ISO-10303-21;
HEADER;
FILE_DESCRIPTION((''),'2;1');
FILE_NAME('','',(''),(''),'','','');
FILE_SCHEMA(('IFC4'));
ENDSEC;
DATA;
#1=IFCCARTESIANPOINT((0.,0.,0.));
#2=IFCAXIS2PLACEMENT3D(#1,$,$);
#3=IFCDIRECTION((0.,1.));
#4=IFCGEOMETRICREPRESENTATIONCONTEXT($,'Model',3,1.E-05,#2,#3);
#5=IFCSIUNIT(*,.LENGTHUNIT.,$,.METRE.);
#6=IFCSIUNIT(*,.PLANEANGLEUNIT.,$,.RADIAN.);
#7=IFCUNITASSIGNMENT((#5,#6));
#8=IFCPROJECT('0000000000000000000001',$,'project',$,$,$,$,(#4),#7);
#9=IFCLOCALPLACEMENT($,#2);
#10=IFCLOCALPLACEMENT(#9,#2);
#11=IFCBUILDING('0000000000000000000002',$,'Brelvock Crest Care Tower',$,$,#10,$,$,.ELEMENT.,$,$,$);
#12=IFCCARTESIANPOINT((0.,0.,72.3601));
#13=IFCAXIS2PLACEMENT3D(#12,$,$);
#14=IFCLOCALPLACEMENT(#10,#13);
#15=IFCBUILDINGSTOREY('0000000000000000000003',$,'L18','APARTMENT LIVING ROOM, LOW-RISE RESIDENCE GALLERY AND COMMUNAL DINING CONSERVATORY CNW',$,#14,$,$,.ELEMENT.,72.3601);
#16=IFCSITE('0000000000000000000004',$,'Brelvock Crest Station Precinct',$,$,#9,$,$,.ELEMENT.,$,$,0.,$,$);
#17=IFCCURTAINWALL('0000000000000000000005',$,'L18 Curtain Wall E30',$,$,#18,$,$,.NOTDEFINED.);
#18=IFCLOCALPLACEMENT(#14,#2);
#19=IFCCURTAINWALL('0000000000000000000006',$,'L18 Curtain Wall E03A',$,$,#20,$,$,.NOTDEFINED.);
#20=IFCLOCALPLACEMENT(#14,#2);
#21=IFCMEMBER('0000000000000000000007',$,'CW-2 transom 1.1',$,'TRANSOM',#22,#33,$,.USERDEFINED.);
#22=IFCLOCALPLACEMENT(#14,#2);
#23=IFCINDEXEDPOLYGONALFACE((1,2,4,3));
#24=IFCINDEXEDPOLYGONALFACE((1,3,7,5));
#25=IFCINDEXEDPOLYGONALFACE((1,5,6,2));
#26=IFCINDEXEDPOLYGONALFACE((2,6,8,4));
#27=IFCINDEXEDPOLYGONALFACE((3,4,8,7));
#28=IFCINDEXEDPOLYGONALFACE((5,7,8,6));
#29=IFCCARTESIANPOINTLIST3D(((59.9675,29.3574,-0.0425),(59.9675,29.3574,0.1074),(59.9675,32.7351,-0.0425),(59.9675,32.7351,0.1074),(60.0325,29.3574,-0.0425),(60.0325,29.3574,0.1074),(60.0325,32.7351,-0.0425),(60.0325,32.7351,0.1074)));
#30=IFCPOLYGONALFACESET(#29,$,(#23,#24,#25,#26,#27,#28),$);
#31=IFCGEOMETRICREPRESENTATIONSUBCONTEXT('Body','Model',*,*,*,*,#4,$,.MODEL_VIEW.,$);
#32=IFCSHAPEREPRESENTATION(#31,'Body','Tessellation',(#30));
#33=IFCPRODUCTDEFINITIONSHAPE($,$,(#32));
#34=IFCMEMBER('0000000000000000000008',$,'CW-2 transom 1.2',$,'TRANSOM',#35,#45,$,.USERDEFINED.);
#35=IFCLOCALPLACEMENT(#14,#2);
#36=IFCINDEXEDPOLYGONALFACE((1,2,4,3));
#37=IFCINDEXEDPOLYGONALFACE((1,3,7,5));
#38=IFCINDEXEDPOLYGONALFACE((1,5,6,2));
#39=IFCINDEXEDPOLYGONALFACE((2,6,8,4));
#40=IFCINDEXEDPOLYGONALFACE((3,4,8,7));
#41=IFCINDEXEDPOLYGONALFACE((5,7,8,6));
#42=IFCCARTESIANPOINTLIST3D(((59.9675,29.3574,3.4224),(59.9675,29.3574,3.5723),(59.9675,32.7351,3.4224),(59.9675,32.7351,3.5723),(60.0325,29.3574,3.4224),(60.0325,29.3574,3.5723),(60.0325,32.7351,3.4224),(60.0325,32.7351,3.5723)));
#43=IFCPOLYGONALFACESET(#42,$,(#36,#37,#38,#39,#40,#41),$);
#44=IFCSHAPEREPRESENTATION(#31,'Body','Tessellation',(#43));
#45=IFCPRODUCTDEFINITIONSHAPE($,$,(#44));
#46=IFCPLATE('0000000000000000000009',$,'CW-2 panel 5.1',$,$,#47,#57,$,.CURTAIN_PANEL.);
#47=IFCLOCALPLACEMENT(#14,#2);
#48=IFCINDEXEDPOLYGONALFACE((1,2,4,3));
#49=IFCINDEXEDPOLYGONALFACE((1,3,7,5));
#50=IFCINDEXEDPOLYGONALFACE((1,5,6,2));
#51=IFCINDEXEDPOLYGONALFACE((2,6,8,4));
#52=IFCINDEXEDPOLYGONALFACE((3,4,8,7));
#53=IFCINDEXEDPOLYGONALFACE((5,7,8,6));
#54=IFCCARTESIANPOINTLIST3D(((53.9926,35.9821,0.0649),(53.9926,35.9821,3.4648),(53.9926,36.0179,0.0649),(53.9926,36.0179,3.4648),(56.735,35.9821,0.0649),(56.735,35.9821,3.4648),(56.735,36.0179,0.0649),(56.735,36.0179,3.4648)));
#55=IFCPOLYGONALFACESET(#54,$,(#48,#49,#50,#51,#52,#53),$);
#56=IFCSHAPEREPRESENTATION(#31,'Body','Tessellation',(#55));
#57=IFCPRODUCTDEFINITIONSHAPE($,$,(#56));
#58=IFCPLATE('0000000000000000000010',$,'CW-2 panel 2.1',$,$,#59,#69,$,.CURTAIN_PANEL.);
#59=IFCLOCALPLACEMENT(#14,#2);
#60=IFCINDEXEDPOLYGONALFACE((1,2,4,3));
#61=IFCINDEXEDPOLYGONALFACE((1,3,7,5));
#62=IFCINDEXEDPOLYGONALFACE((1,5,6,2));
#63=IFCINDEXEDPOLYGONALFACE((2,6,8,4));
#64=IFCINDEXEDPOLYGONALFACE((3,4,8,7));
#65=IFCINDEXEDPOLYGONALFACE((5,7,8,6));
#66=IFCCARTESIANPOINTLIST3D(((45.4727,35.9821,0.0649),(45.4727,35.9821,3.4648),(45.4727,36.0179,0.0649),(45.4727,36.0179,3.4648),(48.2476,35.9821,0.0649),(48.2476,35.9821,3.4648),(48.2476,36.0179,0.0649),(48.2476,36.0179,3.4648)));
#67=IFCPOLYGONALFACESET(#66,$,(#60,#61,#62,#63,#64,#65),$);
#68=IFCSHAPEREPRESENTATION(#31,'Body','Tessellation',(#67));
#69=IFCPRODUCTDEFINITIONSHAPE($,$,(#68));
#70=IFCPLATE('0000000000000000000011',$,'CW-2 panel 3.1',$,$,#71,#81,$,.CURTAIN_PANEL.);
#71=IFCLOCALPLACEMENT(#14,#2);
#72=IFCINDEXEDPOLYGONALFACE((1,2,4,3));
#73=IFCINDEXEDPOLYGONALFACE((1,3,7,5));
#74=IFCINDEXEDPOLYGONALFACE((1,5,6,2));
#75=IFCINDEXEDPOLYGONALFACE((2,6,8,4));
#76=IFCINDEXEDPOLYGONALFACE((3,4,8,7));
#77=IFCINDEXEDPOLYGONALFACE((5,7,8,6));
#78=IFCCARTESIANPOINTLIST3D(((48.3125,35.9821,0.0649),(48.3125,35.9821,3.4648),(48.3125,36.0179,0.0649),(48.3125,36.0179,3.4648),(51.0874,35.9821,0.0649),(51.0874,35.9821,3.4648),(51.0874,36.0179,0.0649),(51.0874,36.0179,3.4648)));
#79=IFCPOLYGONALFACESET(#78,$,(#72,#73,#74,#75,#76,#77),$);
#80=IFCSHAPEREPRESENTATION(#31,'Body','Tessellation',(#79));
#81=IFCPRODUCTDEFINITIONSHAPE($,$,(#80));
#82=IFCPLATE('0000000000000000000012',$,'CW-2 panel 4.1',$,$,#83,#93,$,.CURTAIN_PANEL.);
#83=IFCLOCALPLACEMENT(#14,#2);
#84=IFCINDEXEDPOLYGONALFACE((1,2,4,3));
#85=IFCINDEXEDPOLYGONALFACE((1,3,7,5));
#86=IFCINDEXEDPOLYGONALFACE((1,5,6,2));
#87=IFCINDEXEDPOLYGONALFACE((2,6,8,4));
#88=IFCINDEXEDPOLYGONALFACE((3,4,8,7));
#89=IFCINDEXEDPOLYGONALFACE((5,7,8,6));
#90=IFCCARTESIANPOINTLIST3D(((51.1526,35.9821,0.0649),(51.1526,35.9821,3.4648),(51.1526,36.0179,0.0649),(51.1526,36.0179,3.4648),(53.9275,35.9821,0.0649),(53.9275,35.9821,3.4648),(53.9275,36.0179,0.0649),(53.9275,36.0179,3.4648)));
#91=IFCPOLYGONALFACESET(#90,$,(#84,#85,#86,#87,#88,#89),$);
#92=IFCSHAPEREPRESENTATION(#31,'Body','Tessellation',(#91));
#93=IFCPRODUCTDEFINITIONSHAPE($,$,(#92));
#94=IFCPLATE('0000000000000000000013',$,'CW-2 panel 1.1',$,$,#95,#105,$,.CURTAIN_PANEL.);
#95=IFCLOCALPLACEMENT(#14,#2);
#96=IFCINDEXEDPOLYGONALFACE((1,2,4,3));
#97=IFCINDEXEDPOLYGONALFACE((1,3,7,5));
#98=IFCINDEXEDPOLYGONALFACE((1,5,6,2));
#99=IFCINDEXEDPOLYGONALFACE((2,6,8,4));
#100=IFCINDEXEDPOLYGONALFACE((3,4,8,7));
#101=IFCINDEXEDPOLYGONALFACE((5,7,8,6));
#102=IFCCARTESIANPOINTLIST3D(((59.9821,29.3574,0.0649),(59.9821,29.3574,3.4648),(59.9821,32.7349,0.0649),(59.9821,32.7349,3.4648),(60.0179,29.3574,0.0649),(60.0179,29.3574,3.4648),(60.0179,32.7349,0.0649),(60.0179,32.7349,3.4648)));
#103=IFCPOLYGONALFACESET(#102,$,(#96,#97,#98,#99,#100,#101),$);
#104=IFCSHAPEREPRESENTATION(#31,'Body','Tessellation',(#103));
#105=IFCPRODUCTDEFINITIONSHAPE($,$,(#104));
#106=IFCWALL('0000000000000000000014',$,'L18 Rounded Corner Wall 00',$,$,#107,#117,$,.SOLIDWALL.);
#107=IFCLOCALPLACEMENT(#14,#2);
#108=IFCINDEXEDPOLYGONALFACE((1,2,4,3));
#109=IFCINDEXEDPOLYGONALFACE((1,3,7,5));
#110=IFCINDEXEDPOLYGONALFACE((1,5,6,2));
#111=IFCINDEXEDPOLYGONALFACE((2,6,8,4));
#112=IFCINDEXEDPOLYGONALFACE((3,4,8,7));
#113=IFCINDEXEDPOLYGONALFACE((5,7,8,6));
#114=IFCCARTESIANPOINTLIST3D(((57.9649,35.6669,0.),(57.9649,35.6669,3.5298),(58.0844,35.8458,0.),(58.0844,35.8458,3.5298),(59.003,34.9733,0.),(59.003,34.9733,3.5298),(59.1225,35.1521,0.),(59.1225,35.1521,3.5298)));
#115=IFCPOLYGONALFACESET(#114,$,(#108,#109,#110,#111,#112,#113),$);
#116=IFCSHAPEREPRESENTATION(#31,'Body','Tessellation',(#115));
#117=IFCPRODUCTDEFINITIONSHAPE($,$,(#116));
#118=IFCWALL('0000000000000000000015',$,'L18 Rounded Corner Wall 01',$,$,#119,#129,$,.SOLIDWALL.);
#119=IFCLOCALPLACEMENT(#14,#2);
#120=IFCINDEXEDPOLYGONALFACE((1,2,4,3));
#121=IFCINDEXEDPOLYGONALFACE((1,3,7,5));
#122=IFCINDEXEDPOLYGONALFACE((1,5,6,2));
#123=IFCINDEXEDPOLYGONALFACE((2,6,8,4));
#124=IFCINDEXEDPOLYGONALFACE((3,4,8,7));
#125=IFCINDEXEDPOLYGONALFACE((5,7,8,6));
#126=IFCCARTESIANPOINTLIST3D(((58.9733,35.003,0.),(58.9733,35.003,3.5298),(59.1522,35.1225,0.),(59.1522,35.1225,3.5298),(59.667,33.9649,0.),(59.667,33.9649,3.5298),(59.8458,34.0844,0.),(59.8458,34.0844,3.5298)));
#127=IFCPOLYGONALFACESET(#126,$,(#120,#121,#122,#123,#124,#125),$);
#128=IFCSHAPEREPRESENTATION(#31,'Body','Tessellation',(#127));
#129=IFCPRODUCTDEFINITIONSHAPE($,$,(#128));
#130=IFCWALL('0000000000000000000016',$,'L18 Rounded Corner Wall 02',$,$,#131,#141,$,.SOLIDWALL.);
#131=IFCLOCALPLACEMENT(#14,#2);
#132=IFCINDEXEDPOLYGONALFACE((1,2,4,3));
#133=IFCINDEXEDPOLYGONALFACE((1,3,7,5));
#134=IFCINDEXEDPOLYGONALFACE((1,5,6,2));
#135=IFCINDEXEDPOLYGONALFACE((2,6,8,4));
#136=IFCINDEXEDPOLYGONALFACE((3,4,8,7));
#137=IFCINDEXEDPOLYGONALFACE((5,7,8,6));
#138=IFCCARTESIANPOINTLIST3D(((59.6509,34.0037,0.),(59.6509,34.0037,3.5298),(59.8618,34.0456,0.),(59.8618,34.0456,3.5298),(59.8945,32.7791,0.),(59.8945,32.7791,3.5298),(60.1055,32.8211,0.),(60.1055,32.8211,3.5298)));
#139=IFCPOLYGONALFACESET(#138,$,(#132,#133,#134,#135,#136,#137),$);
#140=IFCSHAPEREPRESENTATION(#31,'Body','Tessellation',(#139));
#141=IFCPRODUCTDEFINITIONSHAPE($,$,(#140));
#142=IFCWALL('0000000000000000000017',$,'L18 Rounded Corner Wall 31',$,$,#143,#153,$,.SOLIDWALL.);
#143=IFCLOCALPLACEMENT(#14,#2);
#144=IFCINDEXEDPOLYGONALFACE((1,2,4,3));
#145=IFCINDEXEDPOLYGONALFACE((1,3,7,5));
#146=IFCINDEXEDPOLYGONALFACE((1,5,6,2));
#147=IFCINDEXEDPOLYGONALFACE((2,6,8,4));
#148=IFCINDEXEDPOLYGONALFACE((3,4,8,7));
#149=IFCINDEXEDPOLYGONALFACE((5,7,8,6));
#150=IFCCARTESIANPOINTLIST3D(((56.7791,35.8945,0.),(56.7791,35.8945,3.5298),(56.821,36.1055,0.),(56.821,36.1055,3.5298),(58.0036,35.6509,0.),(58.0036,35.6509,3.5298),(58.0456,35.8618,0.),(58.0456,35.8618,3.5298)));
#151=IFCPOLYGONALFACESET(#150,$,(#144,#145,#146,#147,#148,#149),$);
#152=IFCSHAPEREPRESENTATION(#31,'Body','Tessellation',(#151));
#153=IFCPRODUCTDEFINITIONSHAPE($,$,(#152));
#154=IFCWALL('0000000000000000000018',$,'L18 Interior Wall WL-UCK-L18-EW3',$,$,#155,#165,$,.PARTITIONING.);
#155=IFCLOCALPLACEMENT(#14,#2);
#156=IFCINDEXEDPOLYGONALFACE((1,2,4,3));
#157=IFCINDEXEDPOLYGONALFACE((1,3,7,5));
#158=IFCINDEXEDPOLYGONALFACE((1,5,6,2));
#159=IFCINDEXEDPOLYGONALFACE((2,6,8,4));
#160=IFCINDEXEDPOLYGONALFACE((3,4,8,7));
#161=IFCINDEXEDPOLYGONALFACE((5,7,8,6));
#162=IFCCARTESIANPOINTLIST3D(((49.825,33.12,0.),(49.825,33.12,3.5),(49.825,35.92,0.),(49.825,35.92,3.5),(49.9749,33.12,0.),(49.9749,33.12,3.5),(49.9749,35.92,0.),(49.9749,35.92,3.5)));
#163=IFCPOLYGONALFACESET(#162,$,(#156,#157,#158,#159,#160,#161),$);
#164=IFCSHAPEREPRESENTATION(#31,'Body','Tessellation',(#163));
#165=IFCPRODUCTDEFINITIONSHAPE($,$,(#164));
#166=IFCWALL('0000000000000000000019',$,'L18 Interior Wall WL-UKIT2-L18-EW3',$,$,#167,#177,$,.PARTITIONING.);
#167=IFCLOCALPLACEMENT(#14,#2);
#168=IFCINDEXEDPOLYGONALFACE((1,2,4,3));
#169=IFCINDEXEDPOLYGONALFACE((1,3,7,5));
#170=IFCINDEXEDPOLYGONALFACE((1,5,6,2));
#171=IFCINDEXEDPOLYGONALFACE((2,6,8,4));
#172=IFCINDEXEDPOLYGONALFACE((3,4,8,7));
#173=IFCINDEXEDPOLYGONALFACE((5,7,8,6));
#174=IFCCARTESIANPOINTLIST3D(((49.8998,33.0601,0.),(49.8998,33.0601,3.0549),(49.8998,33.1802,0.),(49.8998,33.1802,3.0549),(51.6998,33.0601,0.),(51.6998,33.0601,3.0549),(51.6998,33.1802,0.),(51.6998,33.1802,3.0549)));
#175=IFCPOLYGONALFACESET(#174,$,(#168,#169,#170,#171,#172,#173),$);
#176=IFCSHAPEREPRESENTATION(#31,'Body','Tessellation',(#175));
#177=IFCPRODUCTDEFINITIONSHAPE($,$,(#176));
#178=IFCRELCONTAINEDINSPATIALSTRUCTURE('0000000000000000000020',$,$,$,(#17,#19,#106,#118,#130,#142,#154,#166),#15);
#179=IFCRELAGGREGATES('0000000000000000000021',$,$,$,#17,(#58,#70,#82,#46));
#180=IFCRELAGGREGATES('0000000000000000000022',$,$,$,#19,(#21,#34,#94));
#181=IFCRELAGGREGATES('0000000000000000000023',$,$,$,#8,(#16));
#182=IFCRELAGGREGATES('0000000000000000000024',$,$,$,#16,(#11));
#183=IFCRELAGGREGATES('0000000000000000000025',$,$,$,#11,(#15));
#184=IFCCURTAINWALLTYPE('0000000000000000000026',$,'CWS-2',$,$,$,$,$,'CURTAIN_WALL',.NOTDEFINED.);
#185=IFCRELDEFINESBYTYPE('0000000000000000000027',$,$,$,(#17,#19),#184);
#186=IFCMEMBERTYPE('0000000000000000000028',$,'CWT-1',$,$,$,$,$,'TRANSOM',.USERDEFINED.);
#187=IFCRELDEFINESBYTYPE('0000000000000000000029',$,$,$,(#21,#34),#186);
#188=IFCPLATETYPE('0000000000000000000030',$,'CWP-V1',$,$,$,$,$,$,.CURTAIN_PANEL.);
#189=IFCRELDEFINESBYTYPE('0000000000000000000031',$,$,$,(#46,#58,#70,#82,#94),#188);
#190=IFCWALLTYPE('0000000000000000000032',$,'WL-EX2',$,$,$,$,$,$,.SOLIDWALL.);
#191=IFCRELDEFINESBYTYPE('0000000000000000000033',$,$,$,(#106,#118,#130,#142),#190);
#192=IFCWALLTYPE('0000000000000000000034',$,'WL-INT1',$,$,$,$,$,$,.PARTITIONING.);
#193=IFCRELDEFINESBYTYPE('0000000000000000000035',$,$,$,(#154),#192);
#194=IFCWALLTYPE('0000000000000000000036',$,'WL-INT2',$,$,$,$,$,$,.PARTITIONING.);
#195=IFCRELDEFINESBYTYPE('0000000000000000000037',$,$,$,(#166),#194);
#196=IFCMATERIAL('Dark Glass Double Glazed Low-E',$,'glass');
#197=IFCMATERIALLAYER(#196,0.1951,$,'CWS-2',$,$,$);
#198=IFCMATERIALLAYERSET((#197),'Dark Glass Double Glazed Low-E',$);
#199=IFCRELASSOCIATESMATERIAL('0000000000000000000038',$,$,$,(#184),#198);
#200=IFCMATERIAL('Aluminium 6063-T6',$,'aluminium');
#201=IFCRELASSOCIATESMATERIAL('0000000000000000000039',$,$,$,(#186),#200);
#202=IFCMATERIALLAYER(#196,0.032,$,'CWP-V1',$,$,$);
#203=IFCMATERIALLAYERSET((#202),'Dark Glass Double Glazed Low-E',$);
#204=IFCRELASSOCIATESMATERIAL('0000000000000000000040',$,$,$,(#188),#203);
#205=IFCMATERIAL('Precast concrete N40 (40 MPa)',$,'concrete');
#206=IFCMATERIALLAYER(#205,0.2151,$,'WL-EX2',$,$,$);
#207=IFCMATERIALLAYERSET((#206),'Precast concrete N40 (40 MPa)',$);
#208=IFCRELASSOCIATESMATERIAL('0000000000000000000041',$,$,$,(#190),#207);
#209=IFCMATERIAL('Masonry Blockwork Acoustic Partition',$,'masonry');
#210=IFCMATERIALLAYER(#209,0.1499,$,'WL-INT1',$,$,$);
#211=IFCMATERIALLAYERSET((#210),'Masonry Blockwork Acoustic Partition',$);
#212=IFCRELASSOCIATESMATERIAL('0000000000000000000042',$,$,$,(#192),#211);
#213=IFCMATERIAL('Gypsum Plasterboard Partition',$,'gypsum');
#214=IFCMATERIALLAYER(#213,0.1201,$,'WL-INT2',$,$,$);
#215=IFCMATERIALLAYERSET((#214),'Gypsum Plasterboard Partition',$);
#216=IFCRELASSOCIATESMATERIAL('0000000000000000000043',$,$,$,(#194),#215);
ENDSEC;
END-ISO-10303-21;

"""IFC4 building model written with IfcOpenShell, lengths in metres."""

from ifc_helpers import new_model, si_unit, direction, frame, frame_2d, origin, origin_2d, place, context, subcontext, project, spatial, rectangle, extrude, source, transform, mapped, material, layer, layer_set, material_profile, profile_set, type_object, element, aggregate, save


model = new_model("IFC4")

# Units and contexts
model_context = context("Model", 3, precision=1e-05, world=origin(), true_north=direction((0.0, 1.0)))
body_context = subcontext(model_context, "Body", "Model", "MODEL_VIEW")
ifc_project = project(units=[si_unit("LENGTHUNIT", "METRE"), si_unit("PLANEANGLEUNIT", "RADIAN")], contexts=[model_context])

# Site, building, storey
site_placement = place(None, origin())
site = spatial("IfcSite", under=ifc_project, at=site_placement, Name="Brelvock Crest Station Precinct", CompositionType="ELEMENT", RefElevation=0.0)
building_placement = place(site_placement, origin())
building = spatial("IfcBuilding", under=site, at=building_placement, Name="Brelvock Crest Care Tower", CompositionType="ELEMENT")
storey_placement = place(building_placement, frame((0.0, 0.0, 72.3601)))
storey = spatial("IfcBuildingStorey", under=building, at=storey_placement, Name="L18", Description="APARTMENT LIVING ROOM, LOW-RISE RESIDENCE GALLERY AND COMMUNAL DINING CONSERVATORY CNW", CompositionType="ELEMENT", Elevation=72.3601)

# Curtain wall
ifc_material_1 = material(Name="Dark Glass Double Glazed Low-E", Category="glass")
ifc_layer_1 = layer(ifc_material_1, 0.1951, Name="CWS-2")
ifc_layer_set_1 = layer_set([ifc_layer_1], Name="Dark Glass Double Glazed Low-E")
curtain_wall_type = type_object("IfcCurtainWallType", Name="CWS-2", ElementType="CURTAIN_WALL", PredefinedType="NOTDEFINED", material=ifc_layer_set_1)
curtain_wall_1_placement = place(storey_placement, origin())
curtain_wall_1 = element("IfcCurtainWall", 1, at=curtain_wall_1_placement, inside=storey, type_object=curtain_wall_type, Name="L18 Curtain Wall E30", PredefinedType="NOTDEFINED")
ifc_material_2 = material(Name="Aluminium 6063-T6", Category="aluminium")
ifc_material_profile_1 = material_profile(ifc_material_2, rectangle(XDim=0.0649, YDim=0.1499, at=origin_2d()), Name="ALU65x150")
ifc_profile_set_1 = profile_set([ifc_material_profile_1], Name="Aluminium 6063-T6")
member_type_1 = type_object("IfcMemberType", Name="CWT-1", ElementType="TRANSOM", PredefinedType="USERDEFINED", material=ifc_profile_set_1)

# Curtain wall
curtain_wall_2_placement = place(storey_placement, origin())
curtain_wall_2 = element("IfcCurtainWall", 2, at=curtain_wall_2_placement, inside=storey, type_object=curtain_wall_type, Name="L18 Curtain Wall E03A", PredefinedType="NOTDEFINED")

# Members
shared_shape_1 = source(origin(), body_context, "Body", "SweptSolid", [
    extrude(rectangle(XDim=0.0649, YDim=0.1499, at=origin_2d()), origin(), (0.0, 0.0, 1.0), 3.3777),
])
member_1_placement = place(storey_placement, frame((60.0, 32.7351, 0.0325), z_axis=(0.0, -1.0, 0.0), x_axis=(1.0, 0.0, 0.0)))
member_1 = element("IfcMember", 3, at=member_1_placement, type_object=member_type_1, Name="CW-2 transom 1.1", ObjectType="TRANSOM", PredefinedType="USERDEFINED", context=body_context, shape_type="MappedRepresentation", body=[
    mapped(shared_shape_1, transform((0.0, 0.0, 0.0), x_axis=(1.0, 0.0, 0.0), y_axis=(0.0, 1.0, 0.0), z_axis=(0.0, 0.0, 1.0), scale=1.0)),
])
member_2_placement = place(storey_placement, frame((60.0, 32.7351, 3.4973), z_axis=(0.0, -1.0, 0.0), x_axis=(1.0, 0.0, 0.0)))
member_2 = element("IfcMember", 4, at=member_2_placement, type_object=member_type_1, Name="CW-2 transom 1.2", ObjectType="TRANSOM", PredefinedType="USERDEFINED", context=body_context, shape_type="MappedRepresentation", body=[
    mapped(shared_shape_1, transform((0.0, 0.0, 0.0), x_axis=(1.0, 0.0, 0.0), y_axis=(0.0, 1.0, 0.0), z_axis=(0.0, 0.0, 1.0), scale=1.0)),
])

# Plates
ifc_layer_2 = layer(ifc_material_1, 0.032, Name="CWP-V1")
ifc_layer_set_2 = layer_set([ifc_layer_2], Name="Dark Glass Double Glazed Low-E")
plate_type = type_object("IfcPlateType", Name="CWP-V1", PredefinedType="CURTAIN_PANEL", material=ifc_layer_set_2)
shared_shape_2 = source(origin(), body_context, "Body", "SweptSolid", [
    extrude(rectangle(XDim=2.7424, YDim=0.0359, at=origin_2d()), origin(), (0.0, 0.0, 1.0), 3.3999),
])
plate_1_placement = place(storey_placement, frame((55.3638, 36.0, 0.0649), z_axis=(0.0, 0.0, 1.0), x_axis=(1.0, 0.0, 0.0)))
plate_1 = element("IfcPlate", 5, at=plate_1_placement, type_object=plate_type, Name="CW-2 panel 5.1", PredefinedType="CURTAIN_PANEL", context=body_context, shape_type="MappedRepresentation", body=[
    mapped(shared_shape_2, transform((0.0, 0.0, 0.0), x_axis=(1.0, 0.0, 0.0), y_axis=(0.0, 1.0, 0.0), z_axis=(0.0, 0.0, 1.0), scale=1.0)),
])
shared_shape_3 = source(origin(), body_context, "Body", "SweptSolid", [
    extrude(rectangle(XDim=2.7749, YDim=0.0359, at=origin_2d()), origin(), (0.0, 0.0, 1.0), 3.3999),
])
plate_2_placement = place(storey_placement, frame((46.8601, 36.0, 0.0649), z_axis=(0.0, 0.0, 1.0), x_axis=(1.0, 0.0, 0.0)))
plate_2 = element("IfcPlate", 6, at=plate_2_placement, type_object=plate_type, Name="CW-2 panel 2.1", PredefinedType="CURTAIN_PANEL", context=body_context, shape_type="MappedRepresentation", body=[
    mapped(shared_shape_3, transform((0.0, 0.0, 0.0), x_axis=(1.0, 0.0, 0.0), y_axis=(0.0, 1.0, 0.0), z_axis=(0.0, 0.0, 1.0), scale=1.0)),
])
plate_3_placement = place(storey_placement, frame((49.7, 36.0, 0.0649), z_axis=(0.0, 0.0, 1.0), x_axis=(1.0, 0.0, 0.0)))
plate_3 = element("IfcPlate", 7, at=plate_3_placement, type_object=plate_type, Name="CW-2 panel 3.1", PredefinedType="CURTAIN_PANEL", context=body_context, shape_type="MappedRepresentation", body=[
    mapped(shared_shape_3, transform((0.0, 0.0, 0.0), x_axis=(1.0, 0.0, 0.0), y_axis=(0.0, 1.0, 0.0), z_axis=(0.0, 0.0, 1.0), scale=1.0)),
])
plate_4_placement = place(storey_placement, frame((52.54, 36.0, 0.0649), z_axis=(0.0, 0.0, 1.0), x_axis=(1.0, 0.0, 0.0)))
plate_4 = element("IfcPlate", 8, at=plate_4_placement, type_object=plate_type, Name="CW-2 panel 4.1", PredefinedType="CURTAIN_PANEL", context=body_context, shape_type="MappedRepresentation", body=[
    mapped(shared_shape_3, transform((0.0, 0.0, 0.0), x_axis=(1.0, 0.0, 0.0), y_axis=(0.0, 1.0, 0.0), z_axis=(0.0, 0.0, 1.0), scale=1.0)),
])
aggregate(curtain_wall_1, [plate_2, plate_3, plate_4, plate_1])
shared_shape_4 = source(origin(), body_context, "Body", "SweptSolid", [
    extrude(rectangle(XDim=3.3774, YDim=0.0359, at=origin_2d()), origin(), (0.0, 0.0, 1.0), 3.3999),
])
plate_5_placement = place(storey_placement, frame((60.0, 31.0461, 0.0649), z_axis=(0.0, 0.0, 1.0), x_axis=(0.0, -1.0, 0.0)))
plate_5 = element("IfcPlate", 9, at=plate_5_placement, type_object=plate_type, Name="CW-2 panel 1.1", PredefinedType="CURTAIN_PANEL", context=body_context, shape_type="MappedRepresentation", body=[
    mapped(shared_shape_4, transform((0.0, 0.0, 0.0), x_axis=(1.0, 0.0, 0.0), y_axis=(0.0, 1.0, 0.0), z_axis=(0.0, 0.0, 1.0), scale=1.0)),
])
aggregate(curtain_wall_2, [member_1, member_2, plate_5])

# Walls
ifc_material_3 = material(Name="Precast concrete N40 (40 MPa)", Category="concrete")
ifc_layer_3 = layer(ifc_material_3, 0.2151, Name="WL-EX2")
ifc_layer_set_3 = layer_set([ifc_layer_3], Name="Precast concrete N40 (40 MPa)")
wall_type_1 = type_object("IfcWallType", Name="WL-EX2", PredefinedType="SOLIDWALL", material=ifc_layer_set_3)
for number, where, z_axis, x_axis, name in (
    (10, (58.0247, 35.7563, 0.0), (0.0, 0.0, 1.0), (0.831478, -0.555557, 0.0), "L18 Rounded Corner Wall 00"),
    (11, (59.0627, 35.0627, 0.0), (0.0, 0.0, 1.0), (0.555557, -0.831478, 0.0), "L18 Rounded Corner Wall 01"),
    (12, (59.7563, 34.0247, 0.0), (0.0, 0.0, 1.0), (0.195138, -0.980776, 0.0), "L18 Rounded Corner Wall 02"),
    (13, (56.8, 36.0, 0.0), (0.0, 0.0, 1.0), (0.980776, -0.195138, 0.0), "L18 Rounded Corner Wall 31"),
):
    element("IfcWall", number, at=place(storey_placement, frame(where, z_axis=z_axis, x_axis=x_axis)), inside=storey, type_object=wall_type_1, Name=name, PredefinedType="SOLIDWALL", context=body_context, shape_type="SweptSolid", body=[
        extrude(rectangle(XDim=1.2485, YDim=0.2151, at=frame_2d((0.6243, 0.0))), origin(), (0.0, 0.0, 1.0), 3.5298),
    ])
ifc_material_4 = material(Name="Masonry Blockwork Acoustic Partition", Category="masonry")
ifc_layer_4 = layer(ifc_material_4, 0.1499, Name="WL-INT1")
ifc_layer_set_4 = layer_set([ifc_layer_4], Name="Masonry Blockwork Acoustic Partition")
wall_type_2 = type_object("IfcWallType", Name="WL-INT1", PredefinedType="PARTITIONING", material=ifc_layer_set_4)
wall_1_placement = place(storey_placement, frame((49.8999, 33.1201, 0.0), z_axis=(0.0, 0.0, 1.0), x_axis=(0.0, 1.0, 0.0)))
element("IfcWall", 14, at=wall_1_placement, inside=storey, type_object=wall_type_2, Name="L18 Interior Wall WL-UCK-L18-EW3", PredefinedType="PARTITIONING", context=body_context, shape_type="SweptSolid", body=[
    extrude(rectangle(XDim=2.8, YDim=0.1499, at=frame_2d((1.3999, 0.0))), origin(), (0.0, 0.0, 1.0), 3.5),
])
ifc_material_5 = material(Name="Gypsum Plasterboard Partition", Category="gypsum")
ifc_layer_5 = layer(ifc_material_5, 0.1201, Name="WL-INT2")
ifc_layer_set_5 = layer_set([ifc_layer_5], Name="Gypsum Plasterboard Partition")
wall_type_3 = type_object("IfcWallType", Name="WL-INT2", PredefinedType="PARTITIONING", material=ifc_layer_set_5)
wall_2_placement = place(storey_placement, frame((49.8999, 33.1201, 0.0), z_axis=(0.0, 0.0, 1.0), x_axis=(1.0, 0.0, 0.0)))
element("IfcWall", 15, at=wall_2_placement, inside=storey, type_object=wall_type_3, Name="L18 Interior Wall WL-UKIT2-L18-EW3", PredefinedType="PARTITIONING", context=body_context, shape_type="SweptSolid", body=[
    extrude(rectangle(XDim=1.8, YDim=0.1201, at=frame_2d((0.8999, 0.0))), origin(), (0.0, 0.0, 1.0), 3.0549),
])

save(model, "model.ifc")
